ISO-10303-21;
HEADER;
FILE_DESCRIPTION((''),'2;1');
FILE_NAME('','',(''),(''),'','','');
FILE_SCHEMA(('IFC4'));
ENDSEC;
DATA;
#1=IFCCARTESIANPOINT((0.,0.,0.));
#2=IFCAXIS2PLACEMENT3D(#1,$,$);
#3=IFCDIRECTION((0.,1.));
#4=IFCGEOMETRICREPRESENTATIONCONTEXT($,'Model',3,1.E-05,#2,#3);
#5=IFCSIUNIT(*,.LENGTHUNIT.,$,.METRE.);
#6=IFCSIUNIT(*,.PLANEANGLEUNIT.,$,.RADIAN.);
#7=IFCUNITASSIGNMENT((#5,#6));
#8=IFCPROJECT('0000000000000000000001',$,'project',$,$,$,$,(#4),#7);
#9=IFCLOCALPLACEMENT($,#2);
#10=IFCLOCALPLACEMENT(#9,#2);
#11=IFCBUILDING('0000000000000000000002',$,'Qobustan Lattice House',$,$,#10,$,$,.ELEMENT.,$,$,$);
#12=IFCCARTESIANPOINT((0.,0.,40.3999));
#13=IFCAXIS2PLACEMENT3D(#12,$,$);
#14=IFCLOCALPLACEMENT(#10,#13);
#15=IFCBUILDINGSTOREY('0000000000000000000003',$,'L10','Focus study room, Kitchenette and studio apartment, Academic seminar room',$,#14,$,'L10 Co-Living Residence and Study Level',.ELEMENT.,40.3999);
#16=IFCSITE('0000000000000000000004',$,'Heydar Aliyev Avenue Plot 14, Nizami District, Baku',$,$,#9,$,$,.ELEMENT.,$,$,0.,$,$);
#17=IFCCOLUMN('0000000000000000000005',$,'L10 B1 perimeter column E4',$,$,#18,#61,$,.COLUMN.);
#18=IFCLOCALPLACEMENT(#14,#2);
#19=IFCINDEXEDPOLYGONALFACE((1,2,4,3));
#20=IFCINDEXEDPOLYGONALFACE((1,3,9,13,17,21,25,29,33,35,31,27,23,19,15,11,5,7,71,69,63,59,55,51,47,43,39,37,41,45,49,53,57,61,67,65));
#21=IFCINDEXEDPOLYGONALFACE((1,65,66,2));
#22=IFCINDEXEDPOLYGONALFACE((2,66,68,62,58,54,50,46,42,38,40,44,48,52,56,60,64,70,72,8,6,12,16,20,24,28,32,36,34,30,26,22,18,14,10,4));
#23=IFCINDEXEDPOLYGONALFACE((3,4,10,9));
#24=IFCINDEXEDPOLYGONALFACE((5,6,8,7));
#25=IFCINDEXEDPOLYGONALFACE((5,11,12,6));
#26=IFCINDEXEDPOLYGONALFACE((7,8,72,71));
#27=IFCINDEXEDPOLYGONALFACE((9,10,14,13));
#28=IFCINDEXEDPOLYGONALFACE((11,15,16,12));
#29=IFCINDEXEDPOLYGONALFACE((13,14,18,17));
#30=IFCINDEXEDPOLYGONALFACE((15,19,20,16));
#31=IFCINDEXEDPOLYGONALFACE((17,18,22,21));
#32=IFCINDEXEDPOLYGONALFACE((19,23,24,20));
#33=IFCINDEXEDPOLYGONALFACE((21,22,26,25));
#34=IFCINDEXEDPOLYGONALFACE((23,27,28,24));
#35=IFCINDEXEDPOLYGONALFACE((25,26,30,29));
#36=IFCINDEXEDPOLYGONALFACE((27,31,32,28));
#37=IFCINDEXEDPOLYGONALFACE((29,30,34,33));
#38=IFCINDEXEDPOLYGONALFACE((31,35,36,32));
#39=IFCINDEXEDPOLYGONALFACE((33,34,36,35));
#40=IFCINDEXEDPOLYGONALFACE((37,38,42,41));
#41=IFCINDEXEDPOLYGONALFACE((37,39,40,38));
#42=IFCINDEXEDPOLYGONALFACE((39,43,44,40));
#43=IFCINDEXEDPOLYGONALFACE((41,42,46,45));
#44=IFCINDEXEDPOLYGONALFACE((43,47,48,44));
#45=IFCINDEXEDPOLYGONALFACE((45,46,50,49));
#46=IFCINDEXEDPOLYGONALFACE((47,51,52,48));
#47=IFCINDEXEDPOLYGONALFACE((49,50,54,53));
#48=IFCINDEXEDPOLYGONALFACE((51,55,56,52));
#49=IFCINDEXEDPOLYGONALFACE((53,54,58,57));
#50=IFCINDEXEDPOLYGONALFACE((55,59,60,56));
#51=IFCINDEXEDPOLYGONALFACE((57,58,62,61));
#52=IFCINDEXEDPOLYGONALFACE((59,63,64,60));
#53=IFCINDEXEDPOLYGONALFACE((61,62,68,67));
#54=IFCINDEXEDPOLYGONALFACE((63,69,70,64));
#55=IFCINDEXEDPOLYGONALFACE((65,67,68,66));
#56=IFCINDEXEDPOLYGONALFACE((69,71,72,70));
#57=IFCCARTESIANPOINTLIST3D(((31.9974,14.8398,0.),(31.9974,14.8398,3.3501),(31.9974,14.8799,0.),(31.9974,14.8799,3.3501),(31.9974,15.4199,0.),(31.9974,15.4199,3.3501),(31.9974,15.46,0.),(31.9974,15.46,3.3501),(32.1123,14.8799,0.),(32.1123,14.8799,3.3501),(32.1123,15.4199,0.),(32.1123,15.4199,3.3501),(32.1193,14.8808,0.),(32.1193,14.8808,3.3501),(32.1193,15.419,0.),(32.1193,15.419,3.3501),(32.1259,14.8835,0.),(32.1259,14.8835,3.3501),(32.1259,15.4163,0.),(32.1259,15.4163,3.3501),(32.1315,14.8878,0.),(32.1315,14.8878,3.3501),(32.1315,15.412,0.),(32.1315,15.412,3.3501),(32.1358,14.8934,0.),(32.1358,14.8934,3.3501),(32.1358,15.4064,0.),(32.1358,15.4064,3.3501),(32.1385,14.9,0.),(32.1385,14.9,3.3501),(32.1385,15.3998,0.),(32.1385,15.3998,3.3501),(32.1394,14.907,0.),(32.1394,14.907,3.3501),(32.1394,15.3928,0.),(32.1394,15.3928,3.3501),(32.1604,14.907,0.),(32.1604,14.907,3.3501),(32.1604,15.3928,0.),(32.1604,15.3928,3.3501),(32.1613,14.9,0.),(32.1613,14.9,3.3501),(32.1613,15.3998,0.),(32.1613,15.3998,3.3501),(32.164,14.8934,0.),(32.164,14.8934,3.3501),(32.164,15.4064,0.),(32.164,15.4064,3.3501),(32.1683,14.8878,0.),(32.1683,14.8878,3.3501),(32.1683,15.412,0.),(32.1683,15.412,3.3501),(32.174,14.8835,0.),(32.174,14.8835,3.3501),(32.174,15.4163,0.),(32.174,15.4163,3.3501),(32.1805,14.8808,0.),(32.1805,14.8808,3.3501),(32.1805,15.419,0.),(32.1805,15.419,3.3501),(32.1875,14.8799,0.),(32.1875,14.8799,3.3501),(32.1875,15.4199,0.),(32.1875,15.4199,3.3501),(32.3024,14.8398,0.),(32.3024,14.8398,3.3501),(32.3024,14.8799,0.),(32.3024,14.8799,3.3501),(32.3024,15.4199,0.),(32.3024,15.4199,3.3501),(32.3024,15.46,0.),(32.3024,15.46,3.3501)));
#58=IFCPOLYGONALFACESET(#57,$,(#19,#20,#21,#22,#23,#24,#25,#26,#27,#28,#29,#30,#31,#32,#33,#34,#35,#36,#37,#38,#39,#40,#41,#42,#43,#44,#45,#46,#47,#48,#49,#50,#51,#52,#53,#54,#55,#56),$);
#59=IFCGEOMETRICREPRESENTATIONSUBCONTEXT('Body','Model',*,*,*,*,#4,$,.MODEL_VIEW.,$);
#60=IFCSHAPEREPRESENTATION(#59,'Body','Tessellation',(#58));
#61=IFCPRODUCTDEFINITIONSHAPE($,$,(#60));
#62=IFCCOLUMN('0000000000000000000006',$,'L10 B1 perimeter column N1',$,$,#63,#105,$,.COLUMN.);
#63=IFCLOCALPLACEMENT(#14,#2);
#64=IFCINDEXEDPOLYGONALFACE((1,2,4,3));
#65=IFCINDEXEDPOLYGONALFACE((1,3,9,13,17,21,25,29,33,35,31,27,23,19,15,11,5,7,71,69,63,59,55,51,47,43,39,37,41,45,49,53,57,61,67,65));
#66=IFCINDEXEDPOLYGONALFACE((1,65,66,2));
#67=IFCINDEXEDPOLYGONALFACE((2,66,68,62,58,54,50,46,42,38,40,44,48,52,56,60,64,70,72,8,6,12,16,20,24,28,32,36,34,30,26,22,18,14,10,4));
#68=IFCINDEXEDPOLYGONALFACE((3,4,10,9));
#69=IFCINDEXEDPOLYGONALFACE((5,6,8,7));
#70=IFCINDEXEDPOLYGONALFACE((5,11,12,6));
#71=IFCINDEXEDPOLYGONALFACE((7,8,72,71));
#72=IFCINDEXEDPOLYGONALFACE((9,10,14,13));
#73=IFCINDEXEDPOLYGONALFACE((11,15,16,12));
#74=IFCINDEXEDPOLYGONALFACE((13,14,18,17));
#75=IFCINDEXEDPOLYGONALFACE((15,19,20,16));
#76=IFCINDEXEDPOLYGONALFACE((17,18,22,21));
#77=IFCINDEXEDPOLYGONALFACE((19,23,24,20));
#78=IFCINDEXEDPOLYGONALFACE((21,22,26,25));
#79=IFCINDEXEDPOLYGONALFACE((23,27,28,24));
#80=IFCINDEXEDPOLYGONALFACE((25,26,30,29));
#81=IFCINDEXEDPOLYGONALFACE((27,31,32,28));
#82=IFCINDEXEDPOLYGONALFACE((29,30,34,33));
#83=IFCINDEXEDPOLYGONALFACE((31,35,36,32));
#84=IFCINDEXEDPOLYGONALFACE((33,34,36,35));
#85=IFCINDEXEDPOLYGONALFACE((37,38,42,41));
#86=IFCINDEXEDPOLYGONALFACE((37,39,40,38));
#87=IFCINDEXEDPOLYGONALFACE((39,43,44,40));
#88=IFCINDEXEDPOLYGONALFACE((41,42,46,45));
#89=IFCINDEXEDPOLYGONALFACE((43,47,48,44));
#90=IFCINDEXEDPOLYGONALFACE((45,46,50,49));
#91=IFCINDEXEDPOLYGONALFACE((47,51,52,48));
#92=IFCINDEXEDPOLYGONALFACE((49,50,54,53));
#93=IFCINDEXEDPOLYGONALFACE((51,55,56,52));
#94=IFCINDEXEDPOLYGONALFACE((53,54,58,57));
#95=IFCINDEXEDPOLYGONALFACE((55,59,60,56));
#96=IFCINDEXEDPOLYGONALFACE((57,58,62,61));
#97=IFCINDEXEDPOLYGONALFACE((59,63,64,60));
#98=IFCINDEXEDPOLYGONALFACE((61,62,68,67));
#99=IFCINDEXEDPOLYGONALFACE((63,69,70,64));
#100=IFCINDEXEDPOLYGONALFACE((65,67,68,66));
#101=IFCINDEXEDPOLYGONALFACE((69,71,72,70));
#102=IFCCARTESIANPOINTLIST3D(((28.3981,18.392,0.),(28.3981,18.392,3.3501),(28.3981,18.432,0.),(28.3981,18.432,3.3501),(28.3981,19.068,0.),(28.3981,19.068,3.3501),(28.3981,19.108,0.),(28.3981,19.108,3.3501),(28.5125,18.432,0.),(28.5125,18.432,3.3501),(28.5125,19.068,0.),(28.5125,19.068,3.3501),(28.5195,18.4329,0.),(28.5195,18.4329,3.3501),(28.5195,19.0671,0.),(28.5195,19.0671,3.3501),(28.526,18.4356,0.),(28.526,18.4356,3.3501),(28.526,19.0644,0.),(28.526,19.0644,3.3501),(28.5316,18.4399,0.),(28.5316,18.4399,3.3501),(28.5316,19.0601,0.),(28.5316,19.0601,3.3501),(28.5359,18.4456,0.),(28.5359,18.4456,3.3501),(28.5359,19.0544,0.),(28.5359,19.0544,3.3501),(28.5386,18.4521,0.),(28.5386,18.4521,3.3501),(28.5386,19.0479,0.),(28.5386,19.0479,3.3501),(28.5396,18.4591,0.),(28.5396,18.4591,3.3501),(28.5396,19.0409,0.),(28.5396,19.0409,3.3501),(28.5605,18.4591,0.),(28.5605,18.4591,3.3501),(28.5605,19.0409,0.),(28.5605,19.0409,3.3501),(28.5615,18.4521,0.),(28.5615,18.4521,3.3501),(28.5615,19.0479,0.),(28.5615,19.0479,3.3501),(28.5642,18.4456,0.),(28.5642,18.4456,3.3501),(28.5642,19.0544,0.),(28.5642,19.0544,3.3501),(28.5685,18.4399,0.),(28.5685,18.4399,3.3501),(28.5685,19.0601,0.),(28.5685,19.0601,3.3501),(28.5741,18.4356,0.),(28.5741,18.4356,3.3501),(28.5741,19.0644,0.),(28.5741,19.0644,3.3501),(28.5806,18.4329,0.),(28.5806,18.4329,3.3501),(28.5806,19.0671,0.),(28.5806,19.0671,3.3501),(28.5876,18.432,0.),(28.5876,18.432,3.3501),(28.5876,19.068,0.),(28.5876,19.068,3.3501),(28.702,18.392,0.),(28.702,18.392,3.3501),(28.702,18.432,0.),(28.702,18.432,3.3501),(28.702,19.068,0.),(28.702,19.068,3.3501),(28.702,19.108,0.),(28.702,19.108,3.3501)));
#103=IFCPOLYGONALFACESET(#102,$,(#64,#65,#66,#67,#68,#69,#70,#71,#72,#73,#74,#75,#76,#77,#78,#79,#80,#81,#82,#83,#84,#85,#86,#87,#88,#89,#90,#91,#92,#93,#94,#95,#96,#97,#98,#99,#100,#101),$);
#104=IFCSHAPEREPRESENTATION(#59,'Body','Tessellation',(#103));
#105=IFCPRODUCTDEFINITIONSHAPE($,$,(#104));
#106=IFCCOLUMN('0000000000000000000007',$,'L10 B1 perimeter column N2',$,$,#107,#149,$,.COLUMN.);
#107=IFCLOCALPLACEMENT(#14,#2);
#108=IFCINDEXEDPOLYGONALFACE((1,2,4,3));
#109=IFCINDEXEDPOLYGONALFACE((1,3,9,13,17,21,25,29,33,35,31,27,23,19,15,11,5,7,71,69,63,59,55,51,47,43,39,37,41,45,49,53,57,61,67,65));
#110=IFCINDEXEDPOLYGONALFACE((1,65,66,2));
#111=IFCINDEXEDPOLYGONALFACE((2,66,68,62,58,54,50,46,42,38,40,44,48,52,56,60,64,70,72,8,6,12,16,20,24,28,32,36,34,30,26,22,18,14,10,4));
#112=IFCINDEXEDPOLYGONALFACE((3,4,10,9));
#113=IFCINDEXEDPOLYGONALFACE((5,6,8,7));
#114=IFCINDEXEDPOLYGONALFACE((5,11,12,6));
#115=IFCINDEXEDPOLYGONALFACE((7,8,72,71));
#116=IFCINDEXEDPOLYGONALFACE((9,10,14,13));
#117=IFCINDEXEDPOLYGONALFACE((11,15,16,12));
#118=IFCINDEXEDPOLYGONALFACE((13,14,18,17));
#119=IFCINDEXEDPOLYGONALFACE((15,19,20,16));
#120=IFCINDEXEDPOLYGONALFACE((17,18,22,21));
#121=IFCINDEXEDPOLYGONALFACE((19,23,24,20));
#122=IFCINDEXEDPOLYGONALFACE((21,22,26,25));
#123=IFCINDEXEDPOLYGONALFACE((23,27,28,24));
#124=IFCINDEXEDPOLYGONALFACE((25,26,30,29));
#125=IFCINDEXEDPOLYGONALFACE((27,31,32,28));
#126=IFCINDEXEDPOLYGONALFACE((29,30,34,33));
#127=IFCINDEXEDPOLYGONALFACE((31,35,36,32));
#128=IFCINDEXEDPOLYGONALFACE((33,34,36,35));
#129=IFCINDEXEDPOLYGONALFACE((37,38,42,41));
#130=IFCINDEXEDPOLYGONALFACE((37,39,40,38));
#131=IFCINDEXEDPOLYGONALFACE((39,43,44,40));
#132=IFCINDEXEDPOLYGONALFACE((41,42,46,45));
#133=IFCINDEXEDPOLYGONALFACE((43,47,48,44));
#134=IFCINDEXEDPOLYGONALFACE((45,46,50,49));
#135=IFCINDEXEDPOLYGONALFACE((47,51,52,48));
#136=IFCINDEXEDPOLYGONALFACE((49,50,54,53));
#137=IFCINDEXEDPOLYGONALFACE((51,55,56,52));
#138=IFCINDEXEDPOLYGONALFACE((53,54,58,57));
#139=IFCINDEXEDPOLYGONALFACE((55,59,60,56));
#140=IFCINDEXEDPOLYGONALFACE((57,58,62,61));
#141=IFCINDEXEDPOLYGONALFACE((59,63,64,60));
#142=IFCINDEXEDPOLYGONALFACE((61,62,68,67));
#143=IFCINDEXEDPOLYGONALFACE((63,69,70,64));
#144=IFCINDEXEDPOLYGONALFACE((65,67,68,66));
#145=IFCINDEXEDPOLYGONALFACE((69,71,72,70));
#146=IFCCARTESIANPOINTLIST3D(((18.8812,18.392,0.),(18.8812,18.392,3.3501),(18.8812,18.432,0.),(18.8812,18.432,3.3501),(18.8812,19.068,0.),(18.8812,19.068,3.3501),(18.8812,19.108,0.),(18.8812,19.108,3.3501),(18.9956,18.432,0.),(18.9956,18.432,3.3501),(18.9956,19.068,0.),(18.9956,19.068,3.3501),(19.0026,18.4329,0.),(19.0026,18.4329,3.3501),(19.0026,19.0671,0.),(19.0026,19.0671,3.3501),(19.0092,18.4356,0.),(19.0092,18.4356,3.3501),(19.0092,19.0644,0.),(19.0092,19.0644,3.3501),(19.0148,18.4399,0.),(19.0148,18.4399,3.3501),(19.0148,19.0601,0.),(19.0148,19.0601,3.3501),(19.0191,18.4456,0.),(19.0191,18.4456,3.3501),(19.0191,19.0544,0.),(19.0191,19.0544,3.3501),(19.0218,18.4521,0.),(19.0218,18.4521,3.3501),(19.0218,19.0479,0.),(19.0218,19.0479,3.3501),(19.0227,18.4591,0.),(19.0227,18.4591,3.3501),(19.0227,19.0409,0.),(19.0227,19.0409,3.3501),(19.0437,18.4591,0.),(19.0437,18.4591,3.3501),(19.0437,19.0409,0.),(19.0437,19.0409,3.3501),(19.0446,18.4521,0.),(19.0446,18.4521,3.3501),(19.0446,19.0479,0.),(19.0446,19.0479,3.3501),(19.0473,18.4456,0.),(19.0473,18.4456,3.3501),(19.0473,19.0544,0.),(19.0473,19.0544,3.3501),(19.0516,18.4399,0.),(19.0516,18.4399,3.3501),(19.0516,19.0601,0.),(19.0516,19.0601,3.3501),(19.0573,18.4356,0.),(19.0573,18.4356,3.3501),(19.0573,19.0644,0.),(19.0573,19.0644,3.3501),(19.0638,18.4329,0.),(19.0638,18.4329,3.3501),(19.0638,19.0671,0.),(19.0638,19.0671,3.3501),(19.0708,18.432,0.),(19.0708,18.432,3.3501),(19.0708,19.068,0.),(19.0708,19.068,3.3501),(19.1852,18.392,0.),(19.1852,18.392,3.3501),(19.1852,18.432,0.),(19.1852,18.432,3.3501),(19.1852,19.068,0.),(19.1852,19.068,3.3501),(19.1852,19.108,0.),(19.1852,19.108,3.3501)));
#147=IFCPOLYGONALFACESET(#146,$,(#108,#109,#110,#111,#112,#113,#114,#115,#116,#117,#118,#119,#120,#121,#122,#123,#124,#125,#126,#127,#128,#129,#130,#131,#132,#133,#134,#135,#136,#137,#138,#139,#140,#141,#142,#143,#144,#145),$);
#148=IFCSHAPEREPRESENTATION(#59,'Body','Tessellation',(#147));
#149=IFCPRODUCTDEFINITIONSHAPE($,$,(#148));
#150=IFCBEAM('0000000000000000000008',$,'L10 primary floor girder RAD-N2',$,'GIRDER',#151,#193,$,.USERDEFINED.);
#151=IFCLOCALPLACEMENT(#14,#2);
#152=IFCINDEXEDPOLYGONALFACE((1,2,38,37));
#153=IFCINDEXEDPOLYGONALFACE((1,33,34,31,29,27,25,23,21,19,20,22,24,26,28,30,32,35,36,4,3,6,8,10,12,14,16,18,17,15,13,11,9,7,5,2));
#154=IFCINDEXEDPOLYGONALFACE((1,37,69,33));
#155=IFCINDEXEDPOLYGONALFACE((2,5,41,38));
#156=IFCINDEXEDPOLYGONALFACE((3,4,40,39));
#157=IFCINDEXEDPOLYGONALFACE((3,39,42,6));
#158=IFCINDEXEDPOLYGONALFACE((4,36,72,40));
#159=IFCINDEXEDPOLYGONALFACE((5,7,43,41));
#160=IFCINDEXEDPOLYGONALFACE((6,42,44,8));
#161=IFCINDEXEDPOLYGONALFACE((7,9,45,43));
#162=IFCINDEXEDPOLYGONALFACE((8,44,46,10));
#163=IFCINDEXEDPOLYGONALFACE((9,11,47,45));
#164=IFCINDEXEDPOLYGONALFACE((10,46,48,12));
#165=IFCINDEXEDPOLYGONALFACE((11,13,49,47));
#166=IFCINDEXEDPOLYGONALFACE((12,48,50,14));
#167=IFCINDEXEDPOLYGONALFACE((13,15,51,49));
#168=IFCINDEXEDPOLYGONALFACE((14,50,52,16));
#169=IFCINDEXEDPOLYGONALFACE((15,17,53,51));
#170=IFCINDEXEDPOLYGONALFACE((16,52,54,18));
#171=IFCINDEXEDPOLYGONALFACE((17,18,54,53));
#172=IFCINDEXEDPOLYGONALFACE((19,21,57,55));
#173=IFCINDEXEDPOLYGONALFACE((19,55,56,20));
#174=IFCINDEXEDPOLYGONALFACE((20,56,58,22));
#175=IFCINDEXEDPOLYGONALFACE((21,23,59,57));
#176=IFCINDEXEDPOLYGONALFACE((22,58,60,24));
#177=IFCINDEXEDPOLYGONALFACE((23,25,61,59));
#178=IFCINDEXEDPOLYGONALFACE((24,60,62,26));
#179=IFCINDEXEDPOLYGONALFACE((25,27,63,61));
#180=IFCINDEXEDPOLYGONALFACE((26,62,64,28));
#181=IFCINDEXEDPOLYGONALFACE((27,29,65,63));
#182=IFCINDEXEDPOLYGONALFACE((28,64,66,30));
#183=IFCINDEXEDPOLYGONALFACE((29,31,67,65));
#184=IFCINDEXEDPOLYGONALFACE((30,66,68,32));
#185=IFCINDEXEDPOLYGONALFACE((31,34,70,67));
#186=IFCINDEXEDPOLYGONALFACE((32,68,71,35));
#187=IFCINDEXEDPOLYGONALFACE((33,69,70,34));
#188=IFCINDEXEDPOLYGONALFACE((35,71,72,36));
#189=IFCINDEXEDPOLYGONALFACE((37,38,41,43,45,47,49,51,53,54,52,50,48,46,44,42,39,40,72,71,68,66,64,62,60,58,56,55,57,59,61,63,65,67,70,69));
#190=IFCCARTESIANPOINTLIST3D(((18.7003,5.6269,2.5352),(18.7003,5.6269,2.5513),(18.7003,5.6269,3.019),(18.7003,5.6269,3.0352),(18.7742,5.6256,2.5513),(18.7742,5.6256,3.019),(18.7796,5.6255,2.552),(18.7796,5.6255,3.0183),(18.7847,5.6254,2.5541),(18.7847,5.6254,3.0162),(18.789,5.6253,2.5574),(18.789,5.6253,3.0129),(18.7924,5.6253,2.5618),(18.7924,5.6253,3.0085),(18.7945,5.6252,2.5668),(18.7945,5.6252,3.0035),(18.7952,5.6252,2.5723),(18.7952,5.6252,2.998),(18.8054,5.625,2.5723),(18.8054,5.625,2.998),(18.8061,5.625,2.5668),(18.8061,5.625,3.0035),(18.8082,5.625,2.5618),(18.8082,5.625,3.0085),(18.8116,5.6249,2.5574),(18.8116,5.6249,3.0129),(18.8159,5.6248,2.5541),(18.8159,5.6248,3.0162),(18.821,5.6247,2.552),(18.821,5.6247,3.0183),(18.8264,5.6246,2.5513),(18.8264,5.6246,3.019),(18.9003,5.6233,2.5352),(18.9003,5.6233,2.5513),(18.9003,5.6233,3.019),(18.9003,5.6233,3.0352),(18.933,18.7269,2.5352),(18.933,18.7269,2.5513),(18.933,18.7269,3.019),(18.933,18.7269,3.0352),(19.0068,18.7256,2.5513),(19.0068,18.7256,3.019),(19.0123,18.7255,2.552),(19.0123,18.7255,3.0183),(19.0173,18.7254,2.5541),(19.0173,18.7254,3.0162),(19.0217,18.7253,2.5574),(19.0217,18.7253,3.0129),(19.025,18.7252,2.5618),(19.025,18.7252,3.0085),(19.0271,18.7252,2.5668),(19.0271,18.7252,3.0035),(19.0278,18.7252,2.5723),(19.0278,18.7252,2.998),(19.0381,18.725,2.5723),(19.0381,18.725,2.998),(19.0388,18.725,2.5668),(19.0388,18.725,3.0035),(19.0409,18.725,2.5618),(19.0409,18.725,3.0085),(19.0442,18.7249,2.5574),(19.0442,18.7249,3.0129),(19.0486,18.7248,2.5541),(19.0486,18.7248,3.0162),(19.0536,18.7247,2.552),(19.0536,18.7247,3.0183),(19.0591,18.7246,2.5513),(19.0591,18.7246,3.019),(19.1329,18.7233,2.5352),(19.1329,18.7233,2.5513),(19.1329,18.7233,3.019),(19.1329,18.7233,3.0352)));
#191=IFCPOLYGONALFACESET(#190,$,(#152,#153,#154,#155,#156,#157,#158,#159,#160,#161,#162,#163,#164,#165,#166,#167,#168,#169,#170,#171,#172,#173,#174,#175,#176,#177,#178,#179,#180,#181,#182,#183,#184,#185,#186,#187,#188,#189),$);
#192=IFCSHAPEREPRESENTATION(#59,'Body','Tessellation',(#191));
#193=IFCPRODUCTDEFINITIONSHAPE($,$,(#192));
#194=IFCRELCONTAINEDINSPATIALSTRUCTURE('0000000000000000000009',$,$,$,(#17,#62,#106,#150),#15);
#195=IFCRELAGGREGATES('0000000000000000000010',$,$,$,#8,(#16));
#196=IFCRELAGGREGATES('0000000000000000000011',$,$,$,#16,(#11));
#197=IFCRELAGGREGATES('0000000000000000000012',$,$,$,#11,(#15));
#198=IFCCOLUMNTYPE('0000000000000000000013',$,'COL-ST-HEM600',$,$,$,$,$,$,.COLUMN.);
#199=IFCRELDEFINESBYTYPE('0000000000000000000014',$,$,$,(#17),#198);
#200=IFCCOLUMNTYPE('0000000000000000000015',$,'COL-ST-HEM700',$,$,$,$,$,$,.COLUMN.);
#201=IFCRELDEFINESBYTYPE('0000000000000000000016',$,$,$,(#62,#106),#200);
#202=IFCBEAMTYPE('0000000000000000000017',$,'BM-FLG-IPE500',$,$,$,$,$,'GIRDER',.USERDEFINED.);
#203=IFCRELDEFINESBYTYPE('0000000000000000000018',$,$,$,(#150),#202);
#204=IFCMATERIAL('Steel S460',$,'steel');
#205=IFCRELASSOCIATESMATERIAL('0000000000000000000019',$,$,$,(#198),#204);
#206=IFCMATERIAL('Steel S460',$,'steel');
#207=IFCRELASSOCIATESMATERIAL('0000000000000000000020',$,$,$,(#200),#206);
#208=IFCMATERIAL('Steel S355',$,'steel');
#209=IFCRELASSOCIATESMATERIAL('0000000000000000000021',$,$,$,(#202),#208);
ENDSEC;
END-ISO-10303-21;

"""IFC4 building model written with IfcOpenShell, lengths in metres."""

from ifc_helpers import new_model, si_unit, direction, frame, origin, origin_2d, place, context, subcontext, project, spatial, i_section, extrude, material, material_profile, profile_set, type_object, element, save


model = new_model("IFC4")

# Units and contexts
model_context = context("Model", 3, precision=1e-05, world=origin(), true_north=direction((0.0, 1.0)))
body_context = subcontext(model_context, "Body", "Model", "MODEL_VIEW")
ifc_project = project(units=[si_unit("LENGTHUNIT", "METRE"), si_unit("PLANEANGLEUNIT", "RADIAN")], contexts=[model_context])

# Site, building, storey
site_placement = place(None, origin())
site = spatial("IfcSite", under=ifc_project, at=site_placement, Name="Heydar Aliyev Avenue Plot 14, Nizami District, Baku", CompositionType="ELEMENT", RefElevation=0.0)
building_placement = place(site_placement, origin())
building = spatial("IfcBuilding", under=site, at=building_placement, Name="Qobustan Lattice House", CompositionType="ELEMENT")
storey_placement = place(building_placement, frame((0.0, 0.0, 40.3999)))
storey = spatial("IfcBuildingStorey", under=building, at=storey_placement, Name="L10", Description="Focus study room, Kitchenette and studio apartment, Academic seminar room", LongName="L10 Co-Living Residence and Study Level", CompositionType="ELEMENT", Elevation=40.3999)

# Columns
ifc_material_1 = material(Name="Steel S460", Category="steel")
ifc_material_profile_1 = material_profile(ifc_material_1, i_section(OverallWidth=0.3049, OverallDepth=0.6201, WebThickness=0.021, FlangeThickness=0.04, FilletRadius=0.0271, at=origin_2d()), Name="HEM600")
ifc_profile_set_1 = profile_set([ifc_material_profile_1], Name="Steel S460")
column_type_1 = type_object("IfcColumnType", Name="COL-ST-HEM600", PredefinedType="COLUMN", material=ifc_profile_set_1)
column_placement = place(storey_placement, frame((32.1499, 15.1499, 0.0), z_axis=(0.0, 0.0, 1.0), x_axis=(1.0, 0.0, 0.0)))
element("IfcColumn", 1, at=column_placement, inside=storey, type_object=column_type_1, Name="L10 B1 perimeter column E4", PredefinedType="COLUMN", context=body_context, shape_type="SweptSolid", body=[
    extrude(i_section(OverallWidth=0.3049, OverallDepth=0.6201, WebThickness=0.021, FlangeThickness=0.04, FilletRadius=0.0271, at=origin_2d()), origin(), (0.0, 0.0, 1.0), 3.3501),
])
ifc_material_2 = material(Name="Steel S460", Category="steel")
ifc_material_profile_2 = material_profile(ifc_material_2, i_section(OverallWidth=0.304, OverallDepth=0.7161, WebThickness=0.021, FlangeThickness=0.04, FilletRadius=0.0271, at=origin_2d()), Name="HEM700")
ifc_profile_set_2 = profile_set([ifc_material_profile_2], Name="Steel S460")
column_type_2 = type_object("IfcColumnType", Name="COL-ST-HEM700", PredefinedType="COLUMN", material=ifc_profile_set_2)
for number, where, z_axis, x_axis, name in (
    (2, (28.55, 18.75, 0.0), (0.0, 0.0, 1.0), (1.0, 0.0, 0.0), "L10 B1 perimeter column N1"),
    (3, (19.0332, 18.75, 0.0), (0.0, 0.0, 1.0), (1.0, 0.0, 0.0), "L10 B1 perimeter column N2"),
):
    element("IfcColumn", number, at=place(storey_placement, frame(where, z_axis=z_axis, x_axis=x_axis)), inside=storey, type_object=column_type_2, Name=name, PredefinedType="COLUMN", context=body_context, shape_type="SweptSolid", body=[
        extrude(i_section(OverallWidth=0.304, OverallDepth=0.7161, WebThickness=0.021, FlangeThickness=0.04, FilletRadius=0.0271, at=origin_2d()), origin(), (0.0, 0.0, 1.0), 3.3501),
    ])

# Beam
ifc_material_3 = material(Name="Steel S355", Category="steel")
ifc_material_profile_3 = material_profile(ifc_material_3, i_section(OverallWidth=0.2, OverallDepth=0.5, WebThickness=0.0103, FlangeThickness=0.0161, FilletRadius=0.021, at=origin_2d()), Name="IPE500")
ifc_profile_set_3 = profile_set([ifc_material_profile_3], Name="Steel S355")
beam_type_1 = type_object("IfcBeamType", Name="BM-FLG-IPE500", ElementType="GIRDER", PredefinedType="USERDEFINED", material=ifc_profile_set_3)
beam_1_placement = place(storey_placement, frame((19.033, 18.7251, 2.7852), z_axis=(-0.017758, -0.999842, 0.0), x_axis=(0.999842, -0.017758, 0.0)))
element("IfcBeam", 4, at=beam_1_placement, inside=storey, type_object=beam_type_1, Name="L10 primary floor girder RAD-N2", ObjectType="GIRDER", PredefinedType="USERDEFINED", context=body_context, shape_type="SweptSolid", body=[
    extrude(i_section(OverallWidth=0.2, OverallDepth=0.5, WebThickness=0.0103, FlangeThickness=0.0161, FilletRadius=0.021, at=origin_2d()), origin(), (0.0, 0.0, 1.0), 13.1021),
])

save(model, "model.ifc")
